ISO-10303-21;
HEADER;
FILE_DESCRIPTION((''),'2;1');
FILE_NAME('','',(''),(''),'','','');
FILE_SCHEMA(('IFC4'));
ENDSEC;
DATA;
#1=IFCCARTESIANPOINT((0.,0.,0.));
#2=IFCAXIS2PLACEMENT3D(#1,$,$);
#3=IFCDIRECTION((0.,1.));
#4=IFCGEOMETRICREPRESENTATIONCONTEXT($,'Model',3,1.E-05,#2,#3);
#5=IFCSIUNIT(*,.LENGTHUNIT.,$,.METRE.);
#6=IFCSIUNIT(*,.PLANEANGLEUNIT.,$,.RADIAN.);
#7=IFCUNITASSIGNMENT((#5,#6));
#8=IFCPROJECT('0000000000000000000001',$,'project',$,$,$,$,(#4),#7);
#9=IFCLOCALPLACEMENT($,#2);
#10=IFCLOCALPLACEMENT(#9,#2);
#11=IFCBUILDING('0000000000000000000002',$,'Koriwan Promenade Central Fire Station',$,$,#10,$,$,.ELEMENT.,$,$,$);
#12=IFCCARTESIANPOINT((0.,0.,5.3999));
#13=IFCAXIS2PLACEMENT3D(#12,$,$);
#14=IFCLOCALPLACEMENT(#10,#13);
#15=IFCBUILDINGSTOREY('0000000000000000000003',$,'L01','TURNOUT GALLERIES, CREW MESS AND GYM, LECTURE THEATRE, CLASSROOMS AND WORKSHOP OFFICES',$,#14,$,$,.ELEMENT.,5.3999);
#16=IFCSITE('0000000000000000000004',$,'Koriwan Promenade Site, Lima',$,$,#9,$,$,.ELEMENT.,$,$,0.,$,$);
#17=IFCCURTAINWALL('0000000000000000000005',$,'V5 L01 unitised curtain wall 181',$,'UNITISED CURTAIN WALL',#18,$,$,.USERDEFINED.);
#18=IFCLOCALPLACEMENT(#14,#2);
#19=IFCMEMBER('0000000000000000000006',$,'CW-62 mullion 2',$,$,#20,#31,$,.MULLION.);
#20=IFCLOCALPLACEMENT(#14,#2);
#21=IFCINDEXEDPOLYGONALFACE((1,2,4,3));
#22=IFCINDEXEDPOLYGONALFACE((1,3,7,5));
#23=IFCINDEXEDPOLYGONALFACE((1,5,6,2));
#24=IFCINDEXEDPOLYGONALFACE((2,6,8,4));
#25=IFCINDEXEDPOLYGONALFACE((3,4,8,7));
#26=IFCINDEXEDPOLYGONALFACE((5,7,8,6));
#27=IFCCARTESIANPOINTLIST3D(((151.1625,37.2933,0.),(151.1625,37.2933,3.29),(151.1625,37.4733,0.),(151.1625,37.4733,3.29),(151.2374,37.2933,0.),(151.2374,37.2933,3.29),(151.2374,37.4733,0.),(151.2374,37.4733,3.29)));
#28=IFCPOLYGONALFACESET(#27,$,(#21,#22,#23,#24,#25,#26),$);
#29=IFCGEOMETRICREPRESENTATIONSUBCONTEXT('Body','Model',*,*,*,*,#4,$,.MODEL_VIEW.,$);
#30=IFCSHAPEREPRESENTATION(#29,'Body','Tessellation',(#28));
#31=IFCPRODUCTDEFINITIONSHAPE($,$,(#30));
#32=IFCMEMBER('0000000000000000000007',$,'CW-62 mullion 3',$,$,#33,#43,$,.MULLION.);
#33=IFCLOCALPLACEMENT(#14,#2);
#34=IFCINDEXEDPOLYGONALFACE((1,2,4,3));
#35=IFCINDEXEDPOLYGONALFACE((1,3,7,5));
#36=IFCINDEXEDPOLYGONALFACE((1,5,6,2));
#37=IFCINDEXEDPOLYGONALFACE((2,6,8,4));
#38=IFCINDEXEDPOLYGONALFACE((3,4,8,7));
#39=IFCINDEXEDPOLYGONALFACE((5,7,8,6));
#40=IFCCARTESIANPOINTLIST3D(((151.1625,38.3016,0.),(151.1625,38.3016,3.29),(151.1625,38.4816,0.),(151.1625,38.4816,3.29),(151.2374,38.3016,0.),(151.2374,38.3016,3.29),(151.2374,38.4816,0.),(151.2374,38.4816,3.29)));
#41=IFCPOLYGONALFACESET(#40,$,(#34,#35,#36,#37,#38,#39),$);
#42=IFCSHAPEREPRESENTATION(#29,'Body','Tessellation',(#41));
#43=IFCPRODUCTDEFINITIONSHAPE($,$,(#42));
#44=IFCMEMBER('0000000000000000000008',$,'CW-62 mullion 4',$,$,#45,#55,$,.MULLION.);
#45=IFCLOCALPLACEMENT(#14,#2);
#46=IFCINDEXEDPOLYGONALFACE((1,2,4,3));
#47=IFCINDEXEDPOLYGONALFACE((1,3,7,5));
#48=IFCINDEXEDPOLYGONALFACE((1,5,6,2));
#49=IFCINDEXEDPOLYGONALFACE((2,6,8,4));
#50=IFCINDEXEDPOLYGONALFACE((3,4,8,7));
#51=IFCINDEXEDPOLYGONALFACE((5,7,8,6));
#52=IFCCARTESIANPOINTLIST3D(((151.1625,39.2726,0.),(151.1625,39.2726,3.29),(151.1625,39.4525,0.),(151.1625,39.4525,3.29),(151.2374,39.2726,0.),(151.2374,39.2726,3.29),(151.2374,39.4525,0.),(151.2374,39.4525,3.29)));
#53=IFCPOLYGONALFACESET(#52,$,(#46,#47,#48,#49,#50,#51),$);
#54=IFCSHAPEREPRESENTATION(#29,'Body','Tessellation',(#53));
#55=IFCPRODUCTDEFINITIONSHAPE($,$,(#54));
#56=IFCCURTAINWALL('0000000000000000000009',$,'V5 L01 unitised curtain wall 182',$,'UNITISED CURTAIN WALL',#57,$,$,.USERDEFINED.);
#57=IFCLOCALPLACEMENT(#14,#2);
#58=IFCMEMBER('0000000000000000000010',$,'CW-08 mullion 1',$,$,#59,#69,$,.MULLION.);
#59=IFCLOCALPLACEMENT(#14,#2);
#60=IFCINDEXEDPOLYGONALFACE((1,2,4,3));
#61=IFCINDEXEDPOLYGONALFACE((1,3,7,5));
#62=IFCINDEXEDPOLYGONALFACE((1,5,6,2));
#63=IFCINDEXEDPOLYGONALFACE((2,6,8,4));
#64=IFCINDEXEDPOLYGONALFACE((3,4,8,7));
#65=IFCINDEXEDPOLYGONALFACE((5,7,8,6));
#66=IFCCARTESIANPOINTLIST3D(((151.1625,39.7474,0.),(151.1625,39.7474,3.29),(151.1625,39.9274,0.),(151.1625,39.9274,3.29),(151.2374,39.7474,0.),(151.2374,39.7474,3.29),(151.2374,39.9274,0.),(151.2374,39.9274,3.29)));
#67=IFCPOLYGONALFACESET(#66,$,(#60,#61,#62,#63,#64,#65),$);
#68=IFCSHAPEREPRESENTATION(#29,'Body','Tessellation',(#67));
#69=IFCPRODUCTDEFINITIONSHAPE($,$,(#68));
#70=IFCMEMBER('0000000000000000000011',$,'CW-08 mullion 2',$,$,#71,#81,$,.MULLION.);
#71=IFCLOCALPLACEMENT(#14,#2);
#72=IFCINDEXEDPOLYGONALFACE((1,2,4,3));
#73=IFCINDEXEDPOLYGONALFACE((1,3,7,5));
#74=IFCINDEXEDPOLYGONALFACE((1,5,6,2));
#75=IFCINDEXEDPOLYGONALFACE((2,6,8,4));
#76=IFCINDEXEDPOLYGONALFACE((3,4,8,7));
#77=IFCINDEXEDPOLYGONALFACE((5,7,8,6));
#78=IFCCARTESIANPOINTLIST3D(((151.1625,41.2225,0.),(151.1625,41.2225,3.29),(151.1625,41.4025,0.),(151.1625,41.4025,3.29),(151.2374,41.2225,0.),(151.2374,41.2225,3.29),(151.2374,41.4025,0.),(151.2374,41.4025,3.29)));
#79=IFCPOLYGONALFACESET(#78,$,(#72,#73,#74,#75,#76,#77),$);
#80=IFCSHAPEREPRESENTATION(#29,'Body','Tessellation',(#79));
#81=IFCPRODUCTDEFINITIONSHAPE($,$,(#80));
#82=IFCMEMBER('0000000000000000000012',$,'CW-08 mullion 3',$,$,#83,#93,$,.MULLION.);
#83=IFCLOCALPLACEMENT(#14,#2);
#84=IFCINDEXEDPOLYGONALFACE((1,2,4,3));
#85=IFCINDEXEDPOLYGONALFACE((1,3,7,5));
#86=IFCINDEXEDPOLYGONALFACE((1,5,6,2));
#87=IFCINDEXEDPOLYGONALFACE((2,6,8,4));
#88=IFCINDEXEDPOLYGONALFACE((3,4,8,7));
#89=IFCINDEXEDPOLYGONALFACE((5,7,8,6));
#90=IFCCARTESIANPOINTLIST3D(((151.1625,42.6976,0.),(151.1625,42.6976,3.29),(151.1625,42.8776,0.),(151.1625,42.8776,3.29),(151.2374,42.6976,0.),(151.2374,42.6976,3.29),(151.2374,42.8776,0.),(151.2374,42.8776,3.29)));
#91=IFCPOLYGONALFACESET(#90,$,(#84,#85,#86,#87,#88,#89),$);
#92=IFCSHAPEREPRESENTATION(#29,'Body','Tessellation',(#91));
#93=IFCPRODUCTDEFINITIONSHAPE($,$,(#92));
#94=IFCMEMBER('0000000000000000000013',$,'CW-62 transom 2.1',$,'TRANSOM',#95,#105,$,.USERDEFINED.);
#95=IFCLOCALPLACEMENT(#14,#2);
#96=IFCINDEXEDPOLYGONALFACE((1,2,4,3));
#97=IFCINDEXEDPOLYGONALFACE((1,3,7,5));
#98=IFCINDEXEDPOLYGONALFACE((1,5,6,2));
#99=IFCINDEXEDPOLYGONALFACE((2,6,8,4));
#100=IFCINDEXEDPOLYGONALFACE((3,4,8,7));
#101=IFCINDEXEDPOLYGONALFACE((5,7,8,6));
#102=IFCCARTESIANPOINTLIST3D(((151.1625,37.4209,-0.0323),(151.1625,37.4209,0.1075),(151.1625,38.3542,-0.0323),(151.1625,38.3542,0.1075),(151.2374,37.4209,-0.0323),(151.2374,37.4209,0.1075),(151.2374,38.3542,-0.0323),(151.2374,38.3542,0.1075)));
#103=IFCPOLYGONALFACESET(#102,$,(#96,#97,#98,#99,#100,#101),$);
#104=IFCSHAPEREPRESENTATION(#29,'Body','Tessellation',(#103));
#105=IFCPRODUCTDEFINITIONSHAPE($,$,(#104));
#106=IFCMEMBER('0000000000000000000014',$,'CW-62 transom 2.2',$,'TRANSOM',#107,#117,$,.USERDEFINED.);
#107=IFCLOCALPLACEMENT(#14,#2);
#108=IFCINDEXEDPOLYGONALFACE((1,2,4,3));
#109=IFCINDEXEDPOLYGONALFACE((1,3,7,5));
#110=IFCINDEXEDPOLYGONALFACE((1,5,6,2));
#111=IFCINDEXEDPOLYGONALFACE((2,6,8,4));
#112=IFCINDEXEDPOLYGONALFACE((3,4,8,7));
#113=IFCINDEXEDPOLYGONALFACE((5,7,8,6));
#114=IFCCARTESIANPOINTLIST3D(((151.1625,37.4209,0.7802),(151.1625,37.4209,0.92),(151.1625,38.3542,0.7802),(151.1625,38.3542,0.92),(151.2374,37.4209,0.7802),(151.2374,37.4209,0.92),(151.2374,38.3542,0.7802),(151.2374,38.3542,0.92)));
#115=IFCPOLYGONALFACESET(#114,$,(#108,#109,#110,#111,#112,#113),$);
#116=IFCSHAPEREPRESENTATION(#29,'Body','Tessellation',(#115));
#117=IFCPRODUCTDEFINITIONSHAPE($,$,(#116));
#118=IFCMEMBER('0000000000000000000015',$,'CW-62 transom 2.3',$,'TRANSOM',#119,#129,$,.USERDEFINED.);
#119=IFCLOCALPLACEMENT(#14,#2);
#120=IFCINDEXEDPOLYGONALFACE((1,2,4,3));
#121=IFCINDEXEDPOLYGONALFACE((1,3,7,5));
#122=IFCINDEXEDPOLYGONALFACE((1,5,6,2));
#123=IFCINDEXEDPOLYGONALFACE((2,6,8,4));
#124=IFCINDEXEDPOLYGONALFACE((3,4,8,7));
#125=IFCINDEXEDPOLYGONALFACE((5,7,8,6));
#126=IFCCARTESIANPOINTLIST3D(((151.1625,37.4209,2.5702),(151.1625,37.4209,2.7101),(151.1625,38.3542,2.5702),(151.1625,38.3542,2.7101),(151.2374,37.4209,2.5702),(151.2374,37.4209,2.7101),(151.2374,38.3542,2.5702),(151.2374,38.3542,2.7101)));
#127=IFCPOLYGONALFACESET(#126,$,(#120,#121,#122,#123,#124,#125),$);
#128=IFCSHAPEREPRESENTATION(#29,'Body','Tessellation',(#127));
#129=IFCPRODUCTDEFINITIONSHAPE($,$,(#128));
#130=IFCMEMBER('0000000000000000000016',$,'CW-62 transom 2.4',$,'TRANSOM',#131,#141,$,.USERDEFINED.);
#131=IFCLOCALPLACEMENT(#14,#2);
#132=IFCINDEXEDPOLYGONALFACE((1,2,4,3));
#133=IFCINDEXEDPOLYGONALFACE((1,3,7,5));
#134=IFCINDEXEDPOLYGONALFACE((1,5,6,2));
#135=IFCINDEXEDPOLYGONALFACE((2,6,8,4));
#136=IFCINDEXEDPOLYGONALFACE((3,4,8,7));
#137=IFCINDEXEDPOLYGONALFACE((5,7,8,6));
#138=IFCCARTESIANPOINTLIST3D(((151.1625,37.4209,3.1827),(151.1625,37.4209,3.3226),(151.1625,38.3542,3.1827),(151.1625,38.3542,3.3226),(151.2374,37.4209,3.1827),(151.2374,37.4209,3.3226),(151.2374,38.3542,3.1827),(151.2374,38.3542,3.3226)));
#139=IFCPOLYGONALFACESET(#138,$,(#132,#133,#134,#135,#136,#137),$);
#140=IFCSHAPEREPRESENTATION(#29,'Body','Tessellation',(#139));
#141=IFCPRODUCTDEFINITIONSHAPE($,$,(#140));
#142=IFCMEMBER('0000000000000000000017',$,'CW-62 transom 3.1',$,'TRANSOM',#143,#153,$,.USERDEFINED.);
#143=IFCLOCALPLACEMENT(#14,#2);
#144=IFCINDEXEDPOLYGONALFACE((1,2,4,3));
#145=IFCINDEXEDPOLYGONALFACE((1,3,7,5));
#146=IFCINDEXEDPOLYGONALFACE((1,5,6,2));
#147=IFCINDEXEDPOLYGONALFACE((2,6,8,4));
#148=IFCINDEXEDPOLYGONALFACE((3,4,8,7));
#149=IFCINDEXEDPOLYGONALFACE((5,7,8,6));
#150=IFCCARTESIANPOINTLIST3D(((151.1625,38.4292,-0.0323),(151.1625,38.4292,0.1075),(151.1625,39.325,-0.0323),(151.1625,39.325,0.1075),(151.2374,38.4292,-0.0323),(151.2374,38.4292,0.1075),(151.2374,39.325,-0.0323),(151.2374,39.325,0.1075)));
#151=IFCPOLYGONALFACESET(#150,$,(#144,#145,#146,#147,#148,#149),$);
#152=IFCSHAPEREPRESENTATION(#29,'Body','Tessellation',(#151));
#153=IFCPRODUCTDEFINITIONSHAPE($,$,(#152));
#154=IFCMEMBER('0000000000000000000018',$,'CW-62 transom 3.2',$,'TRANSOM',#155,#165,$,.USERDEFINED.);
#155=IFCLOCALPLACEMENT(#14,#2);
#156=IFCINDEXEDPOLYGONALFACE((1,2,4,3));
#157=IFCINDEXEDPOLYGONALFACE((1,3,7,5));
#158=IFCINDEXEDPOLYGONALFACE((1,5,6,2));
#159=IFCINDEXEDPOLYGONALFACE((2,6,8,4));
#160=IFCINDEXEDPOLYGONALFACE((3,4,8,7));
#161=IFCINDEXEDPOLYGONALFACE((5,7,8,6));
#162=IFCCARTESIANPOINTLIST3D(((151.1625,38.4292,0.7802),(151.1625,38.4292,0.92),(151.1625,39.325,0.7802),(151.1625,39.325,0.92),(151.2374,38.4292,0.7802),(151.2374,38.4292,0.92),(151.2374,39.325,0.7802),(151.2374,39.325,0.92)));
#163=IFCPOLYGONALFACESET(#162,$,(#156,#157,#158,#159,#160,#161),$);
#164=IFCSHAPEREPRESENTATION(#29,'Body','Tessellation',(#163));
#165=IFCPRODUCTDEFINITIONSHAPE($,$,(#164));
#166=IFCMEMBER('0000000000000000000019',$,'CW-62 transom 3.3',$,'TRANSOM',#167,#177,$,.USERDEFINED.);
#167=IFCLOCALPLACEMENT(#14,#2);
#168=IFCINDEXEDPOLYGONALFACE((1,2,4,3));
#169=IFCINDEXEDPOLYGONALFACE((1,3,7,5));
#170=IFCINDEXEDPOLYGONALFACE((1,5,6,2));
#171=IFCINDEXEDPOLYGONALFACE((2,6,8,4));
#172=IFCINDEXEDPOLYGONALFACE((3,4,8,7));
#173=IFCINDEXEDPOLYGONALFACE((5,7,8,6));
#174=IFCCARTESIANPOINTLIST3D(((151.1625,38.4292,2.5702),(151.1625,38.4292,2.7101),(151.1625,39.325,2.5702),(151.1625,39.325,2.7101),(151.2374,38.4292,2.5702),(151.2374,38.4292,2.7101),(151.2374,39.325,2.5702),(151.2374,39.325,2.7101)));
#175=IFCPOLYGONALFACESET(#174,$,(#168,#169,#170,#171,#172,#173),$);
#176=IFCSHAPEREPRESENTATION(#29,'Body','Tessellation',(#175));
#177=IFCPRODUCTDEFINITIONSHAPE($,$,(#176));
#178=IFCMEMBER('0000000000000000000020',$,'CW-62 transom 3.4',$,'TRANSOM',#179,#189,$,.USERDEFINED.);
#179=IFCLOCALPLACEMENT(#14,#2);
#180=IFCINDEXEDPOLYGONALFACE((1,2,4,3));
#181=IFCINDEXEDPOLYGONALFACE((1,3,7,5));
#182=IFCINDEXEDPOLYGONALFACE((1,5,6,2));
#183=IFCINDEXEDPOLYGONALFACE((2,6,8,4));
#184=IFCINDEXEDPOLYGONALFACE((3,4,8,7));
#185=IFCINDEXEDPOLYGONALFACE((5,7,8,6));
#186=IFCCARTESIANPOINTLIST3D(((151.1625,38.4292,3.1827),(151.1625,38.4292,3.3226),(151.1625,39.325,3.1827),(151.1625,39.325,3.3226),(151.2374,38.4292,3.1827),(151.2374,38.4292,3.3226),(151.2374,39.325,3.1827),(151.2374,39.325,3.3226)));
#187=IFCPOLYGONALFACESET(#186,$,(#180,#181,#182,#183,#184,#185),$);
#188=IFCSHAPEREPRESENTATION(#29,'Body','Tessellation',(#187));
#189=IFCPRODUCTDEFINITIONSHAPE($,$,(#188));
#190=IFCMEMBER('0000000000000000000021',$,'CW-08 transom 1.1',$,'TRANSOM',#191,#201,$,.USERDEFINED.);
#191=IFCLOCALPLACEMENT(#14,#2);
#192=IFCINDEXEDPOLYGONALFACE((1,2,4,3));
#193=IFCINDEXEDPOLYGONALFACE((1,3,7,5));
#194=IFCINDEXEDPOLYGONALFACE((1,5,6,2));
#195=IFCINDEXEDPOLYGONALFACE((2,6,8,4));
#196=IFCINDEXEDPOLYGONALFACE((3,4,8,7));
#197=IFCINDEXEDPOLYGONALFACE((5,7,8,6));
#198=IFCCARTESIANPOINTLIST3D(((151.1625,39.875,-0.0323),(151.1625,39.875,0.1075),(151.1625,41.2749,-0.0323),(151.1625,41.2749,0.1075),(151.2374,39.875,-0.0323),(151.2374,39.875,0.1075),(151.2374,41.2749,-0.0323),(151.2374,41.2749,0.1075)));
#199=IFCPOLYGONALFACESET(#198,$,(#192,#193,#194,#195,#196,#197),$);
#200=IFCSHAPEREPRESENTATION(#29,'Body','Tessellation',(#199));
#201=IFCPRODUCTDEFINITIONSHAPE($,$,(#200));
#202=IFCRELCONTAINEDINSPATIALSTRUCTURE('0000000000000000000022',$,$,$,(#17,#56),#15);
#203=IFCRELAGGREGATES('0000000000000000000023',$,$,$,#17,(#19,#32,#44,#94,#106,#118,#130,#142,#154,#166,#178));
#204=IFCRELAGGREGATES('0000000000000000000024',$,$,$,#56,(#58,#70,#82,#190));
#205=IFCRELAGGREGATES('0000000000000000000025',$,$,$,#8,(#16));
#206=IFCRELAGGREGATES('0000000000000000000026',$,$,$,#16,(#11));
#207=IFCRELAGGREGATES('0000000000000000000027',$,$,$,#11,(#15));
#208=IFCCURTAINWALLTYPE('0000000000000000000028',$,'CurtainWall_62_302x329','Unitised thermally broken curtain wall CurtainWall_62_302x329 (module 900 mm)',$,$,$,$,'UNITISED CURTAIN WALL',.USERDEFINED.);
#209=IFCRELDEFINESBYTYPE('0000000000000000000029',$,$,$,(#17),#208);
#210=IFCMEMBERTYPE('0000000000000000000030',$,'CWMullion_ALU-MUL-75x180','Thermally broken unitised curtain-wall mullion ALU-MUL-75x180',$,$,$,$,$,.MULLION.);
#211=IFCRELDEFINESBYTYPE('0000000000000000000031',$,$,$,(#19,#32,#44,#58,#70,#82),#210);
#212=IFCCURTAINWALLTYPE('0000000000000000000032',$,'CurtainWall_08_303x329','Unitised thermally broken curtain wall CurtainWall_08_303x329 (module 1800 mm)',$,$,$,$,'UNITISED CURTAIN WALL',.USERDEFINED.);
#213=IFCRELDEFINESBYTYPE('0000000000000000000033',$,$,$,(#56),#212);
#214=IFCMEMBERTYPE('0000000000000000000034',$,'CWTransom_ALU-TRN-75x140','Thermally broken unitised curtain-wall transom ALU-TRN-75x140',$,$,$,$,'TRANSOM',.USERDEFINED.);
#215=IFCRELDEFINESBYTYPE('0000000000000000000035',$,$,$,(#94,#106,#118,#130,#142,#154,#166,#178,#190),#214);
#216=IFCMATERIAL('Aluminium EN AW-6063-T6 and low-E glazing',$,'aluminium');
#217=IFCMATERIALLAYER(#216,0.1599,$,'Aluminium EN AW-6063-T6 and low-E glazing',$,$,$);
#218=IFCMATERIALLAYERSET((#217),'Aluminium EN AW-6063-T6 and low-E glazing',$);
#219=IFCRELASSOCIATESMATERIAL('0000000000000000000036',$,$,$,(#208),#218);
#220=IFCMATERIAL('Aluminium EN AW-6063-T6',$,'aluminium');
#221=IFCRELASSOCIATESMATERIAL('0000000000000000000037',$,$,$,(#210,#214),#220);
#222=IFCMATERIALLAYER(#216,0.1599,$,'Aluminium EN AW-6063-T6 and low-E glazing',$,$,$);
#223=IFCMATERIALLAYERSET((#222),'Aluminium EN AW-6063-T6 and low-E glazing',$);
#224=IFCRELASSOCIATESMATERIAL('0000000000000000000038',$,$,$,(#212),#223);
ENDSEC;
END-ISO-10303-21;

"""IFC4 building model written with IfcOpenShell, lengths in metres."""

from ifc_helpers import new_model, si_unit, direction, frame, origin, origin_2d, place, context, subcontext, project, spatial, rectangle, extrude, material, layer, layer_set, material_profile, profile_set, type_object, element, aggregate, save


model = new_model("IFC4")

# Units and contexts
model_context = context("Model", 3, precision=1e-05, world=origin(), true_north=direction((0.0, 1.0)))
body_context = subcontext(model_context, "Body", "Model", "MODEL_VIEW")
ifc_project = project(units=[si_unit("LENGTHUNIT", "METRE"), si_unit("PLANEANGLEUNIT", "RADIAN")], contexts=[model_context])

# Site, building, storey
site_placement = place(None, origin())
site = spatial("IfcSite", under=ifc_project, at=site_placement, Name="Koriwan Promenade Site, Lima", CompositionType="ELEMENT", RefElevation=0.0)
building_placement = place(site_placement, origin())
building = spatial("IfcBuilding", under=site, at=building_placement, Name="Koriwan Promenade Central Fire Station", CompositionType="ELEMENT")
storey_placement = place(building_placement, frame((0.0, 0.0, 5.3999)))
storey = spatial("IfcBuildingStorey", under=building, at=storey_placement, Name="L01", Description="TURNOUT GALLERIES, CREW MESS AND GYM, LECTURE THEATRE, CLASSROOMS AND WORKSHOP OFFICES", CompositionType="ELEMENT", Elevation=5.3999)

# Curtain walls, members
ifc_material_1 = material(Name="Aluminium EN AW-6063-T6 and low-E glazing", Category="aluminium")
ifc_layer_1 = layer(ifc_material_1, 0.1599, Name="Aluminium EN AW-6063-T6 and low-E glazing")
ifc_layer_set_1 = layer_set([ifc_layer_1], Name="Aluminium EN AW-6063-T6 and low-E glazing")
curtain_wall_type_1 = type_object("IfcCurtainWallType", Name="CurtainWall_62_302x329", Description="Unitised thermally broken curtain wall CurtainWall_62_302x329 (module 900 mm)", ElementType="UNITISED CURTAIN WALL", PredefinedType="USERDEFINED", material=ifc_layer_set_1)
curtain_wall_1_placement = place(storey_placement, origin())
curtain_wall_1 = element("IfcCurtainWall", 1, at=curtain_wall_1_placement, inside=storey, type_object=curtain_wall_type_1, Name="V5 L01 unitised curtain wall 181", ObjectType="UNITISED CURTAIN WALL", PredefinedType="USERDEFINED")
ifc_material_2 = material(Name="Aluminium EN AW-6063-T6", Category="aluminium")
ifc_material_profile_1 = material_profile(ifc_material_2, rectangle(XDim=0.075, YDim=0.1799, at=origin_2d()), Name="ALU-MUL-75x180")
ifc_profile_set_1 = profile_set([ifc_material_profile_1], Name="Aluminium EN AW-6063-T6")
member_type_1 = type_object("IfcMemberType", Name="CWMullion_ALU-MUL-75x180", Description="Thermally broken unitised curtain-wall mullion ALU-MUL-75x180", PredefinedType="MULLION", material=ifc_profile_set_1)
member_1_placement = place(storey_placement, frame((151.2, 37.3833, 0.0), z_axis=(0.0, 0.0, 1.0), x_axis=(-1.0, 0.0, 0.0)))
member_1 = element("IfcMember", 2, at=member_1_placement, type_object=member_type_1, Name="CW-62 mullion 2", PredefinedType="MULLION", context=body_context, shape_type="SweptSolid", body=[
    extrude(rectangle(XDim=0.075, YDim=0.1799, at=origin_2d()), origin(), (0.0, 0.0, 1.0), 3.29),
])
member_2_placement = place(storey_placement, frame((151.2, 38.3916, 0.0), z_axis=(0.0, 0.0, 1.0), x_axis=(-1.0, 0.0, 0.0)))
member_2 = element("IfcMember", 3, at=member_2_placement, type_object=member_type_1, Name="CW-62 mullion 3", PredefinedType="MULLION", context=body_context, shape_type="SweptSolid", body=[
    extrude(rectangle(XDim=0.075, YDim=0.1799, at=origin_2d()), origin(), (0.0, 0.0, 1.0), 3.29),
])
member_3_placement = place(storey_placement, frame((151.2, 39.3625, 0.0), z_axis=(0.0, 0.0, 1.0), x_axis=(-1.0, 0.0, 0.0)))
member_3 = element("IfcMember", 4, at=member_3_placement, type_object=member_type_1, Name="CW-62 mullion 4", PredefinedType="MULLION", context=body_context, shape_type="SweptSolid", body=[
    extrude(rectangle(XDim=0.075, YDim=0.1799, at=origin_2d()), origin(), (0.0, 0.0, 1.0), 3.29),
])
ifc_layer_2 = layer(ifc_material_1, 0.1599, Name="Aluminium EN AW-6063-T6 and low-E glazing")
ifc_layer_set_2 = layer_set([ifc_layer_2], Name="Aluminium EN AW-6063-T6 and low-E glazing")
curtain_wall_type_2 = type_object("IfcCurtainWallType", Name="CurtainWall_08_303x329", Description="Unitised thermally broken curtain wall CurtainWall_08_303x329 (module 1800 mm)", ElementType="UNITISED CURTAIN WALL", PredefinedType="USERDEFINED", material=ifc_layer_set_2)
curtain_wall_2_placement = place(storey_placement, origin())
curtain_wall_2 = element("IfcCurtainWall", 5, at=curtain_wall_2_placement, inside=storey, type_object=curtain_wall_type_2, Name="V5 L01 unitised curtain wall 182", ObjectType="UNITISED CURTAIN WALL", PredefinedType="USERDEFINED")
member_4_placement = place(storey_placement, frame((151.2, 39.8374, 0.0), z_axis=(0.0, 0.0, 1.0), x_axis=(-1.0, 0.0, 0.0)))
member_4 = element("IfcMember", 6, at=member_4_placement, type_object=member_type_1, Name="CW-08 mullion 1", PredefinedType="MULLION", context=body_context, shape_type="SweptSolid", body=[
    extrude(rectangle(XDim=0.075, YDim=0.1799, at=origin_2d()), origin(), (0.0, 0.0, 1.0), 3.29),
])
member_5_placement = place(storey_placement, frame((151.2, 41.3125, 0.0), z_axis=(0.0, 0.0, 1.0), x_axis=(-1.0, 0.0, 0.0)))
member_5 = element("IfcMember", 7, at=member_5_placement, type_object=member_type_1, Name="CW-08 mullion 2", PredefinedType="MULLION", context=body_context, shape_type="SweptSolid", body=[
    extrude(rectangle(XDim=0.075, YDim=0.1799, at=origin_2d()), origin(), (0.0, 0.0, 1.0), 3.29),
])
member_6_placement = place(storey_placement, frame((151.2, 42.7876, 0.0), z_axis=(0.0, 0.0, 1.0), x_axis=(-1.0, 0.0, 0.0)))
member_6 = element("IfcMember", 8, at=member_6_placement, type_object=member_type_1, Name="CW-08 mullion 3", PredefinedType="MULLION", context=body_context, shape_type="SweptSolid", body=[
    extrude(rectangle(XDim=0.075, YDim=0.1799, at=origin_2d()), origin(), (0.0, 0.0, 1.0), 3.29),
])

# Members
ifc_material_profile_2 = material_profile(ifc_material_2, rectangle(XDim=0.075, YDim=0.1399, at=origin_2d()), Name="ALU-TRN-75x140")
ifc_profile_set_2 = profile_set([ifc_material_profile_2], Name="Aluminium EN AW-6063-T6")
member_type_2 = type_object("IfcMemberType", Name="CWTransom_ALU-TRN-75x140", Description="Thermally broken unitised curtain-wall transom ALU-TRN-75x140", ElementType="TRANSOM", PredefinedType="USERDEFINED", material=ifc_profile_set_2)
member_7_placement = place(storey_placement, frame((151.2, 37.4209, 0.0376), z_axis=(0.0, 1.0, 0.0), x_axis=(-1.0, 0.0, 0.0)))
member_7 = element("IfcMember", 9, at=member_7_placement, type_object=member_type_2, Name="CW-62 transom 2.1", ObjectType="TRANSOM", PredefinedType="USERDEFINED", context=body_context, shape_type="SweptSolid", body=[
    extrude(rectangle(XDim=0.075, YDim=0.1399, at=origin_2d()), origin(), (0.0, 0.0, 1.0), 0.9333),
])
member_8_placement = place(storey_placement, frame((151.2, 37.4209, 0.8501), z_axis=(0.0, 1.0, 0.0), x_axis=(-1.0, 0.0, 0.0)))
member_8 = element("IfcMember", 10, at=member_8_placement, type_object=member_type_2, Name="CW-62 transom 2.2", ObjectType="TRANSOM", PredefinedType="USERDEFINED", context=body_context, shape_type="SweptSolid", body=[
    extrude(rectangle(XDim=0.075, YDim=0.1399, at=origin_2d()), origin(), (0.0, 0.0, 1.0), 0.9333),
])
member_9_placement = place(storey_placement, frame((151.2, 37.4209, 2.6401), z_axis=(0.0, 1.0, 0.0), x_axis=(-1.0, 0.0, 0.0)))
member_9 = element("IfcMember", 11, at=member_9_placement, type_object=member_type_2, Name="CW-62 transom 2.3", ObjectType="TRANSOM", PredefinedType="USERDEFINED", context=body_context, shape_type="SweptSolid", body=[
    extrude(rectangle(XDim=0.075, YDim=0.1399, at=origin_2d()), origin(), (0.0, 0.0, 1.0), 0.9333),
])
member_10_placement = place(storey_placement, frame((151.2, 37.4209, 3.2527), z_axis=(0.0, 1.0, 0.0), x_axis=(-1.0, 0.0, 0.0)))
member_10 = element("IfcMember", 12, at=member_10_placement, type_object=member_type_2, Name="CW-62 transom 2.4", ObjectType="TRANSOM", PredefinedType="USERDEFINED", context=body_context, shape_type="SweptSolid", body=[
    extrude(rectangle(XDim=0.075, YDim=0.1399, at=origin_2d()), origin(), (0.0, 0.0, 1.0), 0.9333),
])
member_11_placement = place(storey_placement, frame((151.2, 38.4292, 0.0376), z_axis=(0.0, 1.0, 0.0), x_axis=(-1.0, 0.0, 0.0)))
member_11 = element("IfcMember", 13, at=member_11_placement, type_object=member_type_2, Name="CW-62 transom 3.1", ObjectType="TRANSOM", PredefinedType="USERDEFINED", context=body_context, shape_type="SweptSolid", body=[
    extrude(rectangle(XDim=0.075, YDim=0.1399, at=origin_2d()), origin(), (0.0, 0.0, 1.0), 0.8958),
])
member_12_placement = place(storey_placement, frame((151.2, 38.4292, 0.8501), z_axis=(0.0, 1.0, 0.0), x_axis=(-1.0, 0.0, 0.0)))
member_12 = element("IfcMember", 14, at=member_12_placement, type_object=member_type_2, Name="CW-62 transom 3.2", ObjectType="TRANSOM", PredefinedType="USERDEFINED", context=body_context, shape_type="SweptSolid", body=[
    extrude(rectangle(XDim=0.075, YDim=0.1399, at=origin_2d()), origin(), (0.0, 0.0, 1.0), 0.8958),
])
member_13_placement = place(storey_placement, frame((151.2, 38.4292, 2.6401), z_axis=(0.0, 1.0, 0.0), x_axis=(-1.0, 0.0, 0.0)))
member_13 = element("IfcMember", 15, at=member_13_placement, type_object=member_type_2, Name="CW-62 transom 3.3", ObjectType="TRANSOM", PredefinedType="USERDEFINED", context=body_context, shape_type="SweptSolid", body=[
    extrude(rectangle(XDim=0.075, YDim=0.1399, at=origin_2d()), origin(), (0.0, 0.0, 1.0), 0.8958),
])
member_14_placement = place(storey_placement, frame((151.2, 38.4292, 3.2527), z_axis=(0.0, 1.0, 0.0), x_axis=(-1.0, 0.0, 0.0)))
member_14 = element("IfcMember", 16, at=member_14_placement, type_object=member_type_2, Name="CW-62 transom 3.4", ObjectType="TRANSOM", PredefinedType="USERDEFINED", context=body_context, shape_type="SweptSolid", body=[
    extrude(rectangle(XDim=0.075, YDim=0.1399, at=origin_2d()), origin(), (0.0, 0.0, 1.0), 0.8958),
])
member_15_placement = place(storey_placement, frame((151.2, 39.875, 0.0376), z_axis=(0.0, 1.0, 0.0), x_axis=(-1.0, 0.0, 0.0)))
member_15 = element("IfcMember", 17, at=member_15_placement, type_object=member_type_2, Name="CW-08 transom 1.1", ObjectType="TRANSOM", PredefinedType="USERDEFINED", context=body_context, shape_type="SweptSolid", body=[
    extrude(rectangle(XDim=0.075, YDim=0.1399, at=origin_2d()), origin(), (0.0, 0.0, 1.0), 1.3999),
])

aggregate(curtain_wall_1, [member_1, member_2, member_3, member_7, member_8, member_9, member_10, member_11, member_12, member_13, member_14])
aggregate(curtain_wall_2, [member_4, member_5, member_6, member_15])

save(model, "model.ifc")
